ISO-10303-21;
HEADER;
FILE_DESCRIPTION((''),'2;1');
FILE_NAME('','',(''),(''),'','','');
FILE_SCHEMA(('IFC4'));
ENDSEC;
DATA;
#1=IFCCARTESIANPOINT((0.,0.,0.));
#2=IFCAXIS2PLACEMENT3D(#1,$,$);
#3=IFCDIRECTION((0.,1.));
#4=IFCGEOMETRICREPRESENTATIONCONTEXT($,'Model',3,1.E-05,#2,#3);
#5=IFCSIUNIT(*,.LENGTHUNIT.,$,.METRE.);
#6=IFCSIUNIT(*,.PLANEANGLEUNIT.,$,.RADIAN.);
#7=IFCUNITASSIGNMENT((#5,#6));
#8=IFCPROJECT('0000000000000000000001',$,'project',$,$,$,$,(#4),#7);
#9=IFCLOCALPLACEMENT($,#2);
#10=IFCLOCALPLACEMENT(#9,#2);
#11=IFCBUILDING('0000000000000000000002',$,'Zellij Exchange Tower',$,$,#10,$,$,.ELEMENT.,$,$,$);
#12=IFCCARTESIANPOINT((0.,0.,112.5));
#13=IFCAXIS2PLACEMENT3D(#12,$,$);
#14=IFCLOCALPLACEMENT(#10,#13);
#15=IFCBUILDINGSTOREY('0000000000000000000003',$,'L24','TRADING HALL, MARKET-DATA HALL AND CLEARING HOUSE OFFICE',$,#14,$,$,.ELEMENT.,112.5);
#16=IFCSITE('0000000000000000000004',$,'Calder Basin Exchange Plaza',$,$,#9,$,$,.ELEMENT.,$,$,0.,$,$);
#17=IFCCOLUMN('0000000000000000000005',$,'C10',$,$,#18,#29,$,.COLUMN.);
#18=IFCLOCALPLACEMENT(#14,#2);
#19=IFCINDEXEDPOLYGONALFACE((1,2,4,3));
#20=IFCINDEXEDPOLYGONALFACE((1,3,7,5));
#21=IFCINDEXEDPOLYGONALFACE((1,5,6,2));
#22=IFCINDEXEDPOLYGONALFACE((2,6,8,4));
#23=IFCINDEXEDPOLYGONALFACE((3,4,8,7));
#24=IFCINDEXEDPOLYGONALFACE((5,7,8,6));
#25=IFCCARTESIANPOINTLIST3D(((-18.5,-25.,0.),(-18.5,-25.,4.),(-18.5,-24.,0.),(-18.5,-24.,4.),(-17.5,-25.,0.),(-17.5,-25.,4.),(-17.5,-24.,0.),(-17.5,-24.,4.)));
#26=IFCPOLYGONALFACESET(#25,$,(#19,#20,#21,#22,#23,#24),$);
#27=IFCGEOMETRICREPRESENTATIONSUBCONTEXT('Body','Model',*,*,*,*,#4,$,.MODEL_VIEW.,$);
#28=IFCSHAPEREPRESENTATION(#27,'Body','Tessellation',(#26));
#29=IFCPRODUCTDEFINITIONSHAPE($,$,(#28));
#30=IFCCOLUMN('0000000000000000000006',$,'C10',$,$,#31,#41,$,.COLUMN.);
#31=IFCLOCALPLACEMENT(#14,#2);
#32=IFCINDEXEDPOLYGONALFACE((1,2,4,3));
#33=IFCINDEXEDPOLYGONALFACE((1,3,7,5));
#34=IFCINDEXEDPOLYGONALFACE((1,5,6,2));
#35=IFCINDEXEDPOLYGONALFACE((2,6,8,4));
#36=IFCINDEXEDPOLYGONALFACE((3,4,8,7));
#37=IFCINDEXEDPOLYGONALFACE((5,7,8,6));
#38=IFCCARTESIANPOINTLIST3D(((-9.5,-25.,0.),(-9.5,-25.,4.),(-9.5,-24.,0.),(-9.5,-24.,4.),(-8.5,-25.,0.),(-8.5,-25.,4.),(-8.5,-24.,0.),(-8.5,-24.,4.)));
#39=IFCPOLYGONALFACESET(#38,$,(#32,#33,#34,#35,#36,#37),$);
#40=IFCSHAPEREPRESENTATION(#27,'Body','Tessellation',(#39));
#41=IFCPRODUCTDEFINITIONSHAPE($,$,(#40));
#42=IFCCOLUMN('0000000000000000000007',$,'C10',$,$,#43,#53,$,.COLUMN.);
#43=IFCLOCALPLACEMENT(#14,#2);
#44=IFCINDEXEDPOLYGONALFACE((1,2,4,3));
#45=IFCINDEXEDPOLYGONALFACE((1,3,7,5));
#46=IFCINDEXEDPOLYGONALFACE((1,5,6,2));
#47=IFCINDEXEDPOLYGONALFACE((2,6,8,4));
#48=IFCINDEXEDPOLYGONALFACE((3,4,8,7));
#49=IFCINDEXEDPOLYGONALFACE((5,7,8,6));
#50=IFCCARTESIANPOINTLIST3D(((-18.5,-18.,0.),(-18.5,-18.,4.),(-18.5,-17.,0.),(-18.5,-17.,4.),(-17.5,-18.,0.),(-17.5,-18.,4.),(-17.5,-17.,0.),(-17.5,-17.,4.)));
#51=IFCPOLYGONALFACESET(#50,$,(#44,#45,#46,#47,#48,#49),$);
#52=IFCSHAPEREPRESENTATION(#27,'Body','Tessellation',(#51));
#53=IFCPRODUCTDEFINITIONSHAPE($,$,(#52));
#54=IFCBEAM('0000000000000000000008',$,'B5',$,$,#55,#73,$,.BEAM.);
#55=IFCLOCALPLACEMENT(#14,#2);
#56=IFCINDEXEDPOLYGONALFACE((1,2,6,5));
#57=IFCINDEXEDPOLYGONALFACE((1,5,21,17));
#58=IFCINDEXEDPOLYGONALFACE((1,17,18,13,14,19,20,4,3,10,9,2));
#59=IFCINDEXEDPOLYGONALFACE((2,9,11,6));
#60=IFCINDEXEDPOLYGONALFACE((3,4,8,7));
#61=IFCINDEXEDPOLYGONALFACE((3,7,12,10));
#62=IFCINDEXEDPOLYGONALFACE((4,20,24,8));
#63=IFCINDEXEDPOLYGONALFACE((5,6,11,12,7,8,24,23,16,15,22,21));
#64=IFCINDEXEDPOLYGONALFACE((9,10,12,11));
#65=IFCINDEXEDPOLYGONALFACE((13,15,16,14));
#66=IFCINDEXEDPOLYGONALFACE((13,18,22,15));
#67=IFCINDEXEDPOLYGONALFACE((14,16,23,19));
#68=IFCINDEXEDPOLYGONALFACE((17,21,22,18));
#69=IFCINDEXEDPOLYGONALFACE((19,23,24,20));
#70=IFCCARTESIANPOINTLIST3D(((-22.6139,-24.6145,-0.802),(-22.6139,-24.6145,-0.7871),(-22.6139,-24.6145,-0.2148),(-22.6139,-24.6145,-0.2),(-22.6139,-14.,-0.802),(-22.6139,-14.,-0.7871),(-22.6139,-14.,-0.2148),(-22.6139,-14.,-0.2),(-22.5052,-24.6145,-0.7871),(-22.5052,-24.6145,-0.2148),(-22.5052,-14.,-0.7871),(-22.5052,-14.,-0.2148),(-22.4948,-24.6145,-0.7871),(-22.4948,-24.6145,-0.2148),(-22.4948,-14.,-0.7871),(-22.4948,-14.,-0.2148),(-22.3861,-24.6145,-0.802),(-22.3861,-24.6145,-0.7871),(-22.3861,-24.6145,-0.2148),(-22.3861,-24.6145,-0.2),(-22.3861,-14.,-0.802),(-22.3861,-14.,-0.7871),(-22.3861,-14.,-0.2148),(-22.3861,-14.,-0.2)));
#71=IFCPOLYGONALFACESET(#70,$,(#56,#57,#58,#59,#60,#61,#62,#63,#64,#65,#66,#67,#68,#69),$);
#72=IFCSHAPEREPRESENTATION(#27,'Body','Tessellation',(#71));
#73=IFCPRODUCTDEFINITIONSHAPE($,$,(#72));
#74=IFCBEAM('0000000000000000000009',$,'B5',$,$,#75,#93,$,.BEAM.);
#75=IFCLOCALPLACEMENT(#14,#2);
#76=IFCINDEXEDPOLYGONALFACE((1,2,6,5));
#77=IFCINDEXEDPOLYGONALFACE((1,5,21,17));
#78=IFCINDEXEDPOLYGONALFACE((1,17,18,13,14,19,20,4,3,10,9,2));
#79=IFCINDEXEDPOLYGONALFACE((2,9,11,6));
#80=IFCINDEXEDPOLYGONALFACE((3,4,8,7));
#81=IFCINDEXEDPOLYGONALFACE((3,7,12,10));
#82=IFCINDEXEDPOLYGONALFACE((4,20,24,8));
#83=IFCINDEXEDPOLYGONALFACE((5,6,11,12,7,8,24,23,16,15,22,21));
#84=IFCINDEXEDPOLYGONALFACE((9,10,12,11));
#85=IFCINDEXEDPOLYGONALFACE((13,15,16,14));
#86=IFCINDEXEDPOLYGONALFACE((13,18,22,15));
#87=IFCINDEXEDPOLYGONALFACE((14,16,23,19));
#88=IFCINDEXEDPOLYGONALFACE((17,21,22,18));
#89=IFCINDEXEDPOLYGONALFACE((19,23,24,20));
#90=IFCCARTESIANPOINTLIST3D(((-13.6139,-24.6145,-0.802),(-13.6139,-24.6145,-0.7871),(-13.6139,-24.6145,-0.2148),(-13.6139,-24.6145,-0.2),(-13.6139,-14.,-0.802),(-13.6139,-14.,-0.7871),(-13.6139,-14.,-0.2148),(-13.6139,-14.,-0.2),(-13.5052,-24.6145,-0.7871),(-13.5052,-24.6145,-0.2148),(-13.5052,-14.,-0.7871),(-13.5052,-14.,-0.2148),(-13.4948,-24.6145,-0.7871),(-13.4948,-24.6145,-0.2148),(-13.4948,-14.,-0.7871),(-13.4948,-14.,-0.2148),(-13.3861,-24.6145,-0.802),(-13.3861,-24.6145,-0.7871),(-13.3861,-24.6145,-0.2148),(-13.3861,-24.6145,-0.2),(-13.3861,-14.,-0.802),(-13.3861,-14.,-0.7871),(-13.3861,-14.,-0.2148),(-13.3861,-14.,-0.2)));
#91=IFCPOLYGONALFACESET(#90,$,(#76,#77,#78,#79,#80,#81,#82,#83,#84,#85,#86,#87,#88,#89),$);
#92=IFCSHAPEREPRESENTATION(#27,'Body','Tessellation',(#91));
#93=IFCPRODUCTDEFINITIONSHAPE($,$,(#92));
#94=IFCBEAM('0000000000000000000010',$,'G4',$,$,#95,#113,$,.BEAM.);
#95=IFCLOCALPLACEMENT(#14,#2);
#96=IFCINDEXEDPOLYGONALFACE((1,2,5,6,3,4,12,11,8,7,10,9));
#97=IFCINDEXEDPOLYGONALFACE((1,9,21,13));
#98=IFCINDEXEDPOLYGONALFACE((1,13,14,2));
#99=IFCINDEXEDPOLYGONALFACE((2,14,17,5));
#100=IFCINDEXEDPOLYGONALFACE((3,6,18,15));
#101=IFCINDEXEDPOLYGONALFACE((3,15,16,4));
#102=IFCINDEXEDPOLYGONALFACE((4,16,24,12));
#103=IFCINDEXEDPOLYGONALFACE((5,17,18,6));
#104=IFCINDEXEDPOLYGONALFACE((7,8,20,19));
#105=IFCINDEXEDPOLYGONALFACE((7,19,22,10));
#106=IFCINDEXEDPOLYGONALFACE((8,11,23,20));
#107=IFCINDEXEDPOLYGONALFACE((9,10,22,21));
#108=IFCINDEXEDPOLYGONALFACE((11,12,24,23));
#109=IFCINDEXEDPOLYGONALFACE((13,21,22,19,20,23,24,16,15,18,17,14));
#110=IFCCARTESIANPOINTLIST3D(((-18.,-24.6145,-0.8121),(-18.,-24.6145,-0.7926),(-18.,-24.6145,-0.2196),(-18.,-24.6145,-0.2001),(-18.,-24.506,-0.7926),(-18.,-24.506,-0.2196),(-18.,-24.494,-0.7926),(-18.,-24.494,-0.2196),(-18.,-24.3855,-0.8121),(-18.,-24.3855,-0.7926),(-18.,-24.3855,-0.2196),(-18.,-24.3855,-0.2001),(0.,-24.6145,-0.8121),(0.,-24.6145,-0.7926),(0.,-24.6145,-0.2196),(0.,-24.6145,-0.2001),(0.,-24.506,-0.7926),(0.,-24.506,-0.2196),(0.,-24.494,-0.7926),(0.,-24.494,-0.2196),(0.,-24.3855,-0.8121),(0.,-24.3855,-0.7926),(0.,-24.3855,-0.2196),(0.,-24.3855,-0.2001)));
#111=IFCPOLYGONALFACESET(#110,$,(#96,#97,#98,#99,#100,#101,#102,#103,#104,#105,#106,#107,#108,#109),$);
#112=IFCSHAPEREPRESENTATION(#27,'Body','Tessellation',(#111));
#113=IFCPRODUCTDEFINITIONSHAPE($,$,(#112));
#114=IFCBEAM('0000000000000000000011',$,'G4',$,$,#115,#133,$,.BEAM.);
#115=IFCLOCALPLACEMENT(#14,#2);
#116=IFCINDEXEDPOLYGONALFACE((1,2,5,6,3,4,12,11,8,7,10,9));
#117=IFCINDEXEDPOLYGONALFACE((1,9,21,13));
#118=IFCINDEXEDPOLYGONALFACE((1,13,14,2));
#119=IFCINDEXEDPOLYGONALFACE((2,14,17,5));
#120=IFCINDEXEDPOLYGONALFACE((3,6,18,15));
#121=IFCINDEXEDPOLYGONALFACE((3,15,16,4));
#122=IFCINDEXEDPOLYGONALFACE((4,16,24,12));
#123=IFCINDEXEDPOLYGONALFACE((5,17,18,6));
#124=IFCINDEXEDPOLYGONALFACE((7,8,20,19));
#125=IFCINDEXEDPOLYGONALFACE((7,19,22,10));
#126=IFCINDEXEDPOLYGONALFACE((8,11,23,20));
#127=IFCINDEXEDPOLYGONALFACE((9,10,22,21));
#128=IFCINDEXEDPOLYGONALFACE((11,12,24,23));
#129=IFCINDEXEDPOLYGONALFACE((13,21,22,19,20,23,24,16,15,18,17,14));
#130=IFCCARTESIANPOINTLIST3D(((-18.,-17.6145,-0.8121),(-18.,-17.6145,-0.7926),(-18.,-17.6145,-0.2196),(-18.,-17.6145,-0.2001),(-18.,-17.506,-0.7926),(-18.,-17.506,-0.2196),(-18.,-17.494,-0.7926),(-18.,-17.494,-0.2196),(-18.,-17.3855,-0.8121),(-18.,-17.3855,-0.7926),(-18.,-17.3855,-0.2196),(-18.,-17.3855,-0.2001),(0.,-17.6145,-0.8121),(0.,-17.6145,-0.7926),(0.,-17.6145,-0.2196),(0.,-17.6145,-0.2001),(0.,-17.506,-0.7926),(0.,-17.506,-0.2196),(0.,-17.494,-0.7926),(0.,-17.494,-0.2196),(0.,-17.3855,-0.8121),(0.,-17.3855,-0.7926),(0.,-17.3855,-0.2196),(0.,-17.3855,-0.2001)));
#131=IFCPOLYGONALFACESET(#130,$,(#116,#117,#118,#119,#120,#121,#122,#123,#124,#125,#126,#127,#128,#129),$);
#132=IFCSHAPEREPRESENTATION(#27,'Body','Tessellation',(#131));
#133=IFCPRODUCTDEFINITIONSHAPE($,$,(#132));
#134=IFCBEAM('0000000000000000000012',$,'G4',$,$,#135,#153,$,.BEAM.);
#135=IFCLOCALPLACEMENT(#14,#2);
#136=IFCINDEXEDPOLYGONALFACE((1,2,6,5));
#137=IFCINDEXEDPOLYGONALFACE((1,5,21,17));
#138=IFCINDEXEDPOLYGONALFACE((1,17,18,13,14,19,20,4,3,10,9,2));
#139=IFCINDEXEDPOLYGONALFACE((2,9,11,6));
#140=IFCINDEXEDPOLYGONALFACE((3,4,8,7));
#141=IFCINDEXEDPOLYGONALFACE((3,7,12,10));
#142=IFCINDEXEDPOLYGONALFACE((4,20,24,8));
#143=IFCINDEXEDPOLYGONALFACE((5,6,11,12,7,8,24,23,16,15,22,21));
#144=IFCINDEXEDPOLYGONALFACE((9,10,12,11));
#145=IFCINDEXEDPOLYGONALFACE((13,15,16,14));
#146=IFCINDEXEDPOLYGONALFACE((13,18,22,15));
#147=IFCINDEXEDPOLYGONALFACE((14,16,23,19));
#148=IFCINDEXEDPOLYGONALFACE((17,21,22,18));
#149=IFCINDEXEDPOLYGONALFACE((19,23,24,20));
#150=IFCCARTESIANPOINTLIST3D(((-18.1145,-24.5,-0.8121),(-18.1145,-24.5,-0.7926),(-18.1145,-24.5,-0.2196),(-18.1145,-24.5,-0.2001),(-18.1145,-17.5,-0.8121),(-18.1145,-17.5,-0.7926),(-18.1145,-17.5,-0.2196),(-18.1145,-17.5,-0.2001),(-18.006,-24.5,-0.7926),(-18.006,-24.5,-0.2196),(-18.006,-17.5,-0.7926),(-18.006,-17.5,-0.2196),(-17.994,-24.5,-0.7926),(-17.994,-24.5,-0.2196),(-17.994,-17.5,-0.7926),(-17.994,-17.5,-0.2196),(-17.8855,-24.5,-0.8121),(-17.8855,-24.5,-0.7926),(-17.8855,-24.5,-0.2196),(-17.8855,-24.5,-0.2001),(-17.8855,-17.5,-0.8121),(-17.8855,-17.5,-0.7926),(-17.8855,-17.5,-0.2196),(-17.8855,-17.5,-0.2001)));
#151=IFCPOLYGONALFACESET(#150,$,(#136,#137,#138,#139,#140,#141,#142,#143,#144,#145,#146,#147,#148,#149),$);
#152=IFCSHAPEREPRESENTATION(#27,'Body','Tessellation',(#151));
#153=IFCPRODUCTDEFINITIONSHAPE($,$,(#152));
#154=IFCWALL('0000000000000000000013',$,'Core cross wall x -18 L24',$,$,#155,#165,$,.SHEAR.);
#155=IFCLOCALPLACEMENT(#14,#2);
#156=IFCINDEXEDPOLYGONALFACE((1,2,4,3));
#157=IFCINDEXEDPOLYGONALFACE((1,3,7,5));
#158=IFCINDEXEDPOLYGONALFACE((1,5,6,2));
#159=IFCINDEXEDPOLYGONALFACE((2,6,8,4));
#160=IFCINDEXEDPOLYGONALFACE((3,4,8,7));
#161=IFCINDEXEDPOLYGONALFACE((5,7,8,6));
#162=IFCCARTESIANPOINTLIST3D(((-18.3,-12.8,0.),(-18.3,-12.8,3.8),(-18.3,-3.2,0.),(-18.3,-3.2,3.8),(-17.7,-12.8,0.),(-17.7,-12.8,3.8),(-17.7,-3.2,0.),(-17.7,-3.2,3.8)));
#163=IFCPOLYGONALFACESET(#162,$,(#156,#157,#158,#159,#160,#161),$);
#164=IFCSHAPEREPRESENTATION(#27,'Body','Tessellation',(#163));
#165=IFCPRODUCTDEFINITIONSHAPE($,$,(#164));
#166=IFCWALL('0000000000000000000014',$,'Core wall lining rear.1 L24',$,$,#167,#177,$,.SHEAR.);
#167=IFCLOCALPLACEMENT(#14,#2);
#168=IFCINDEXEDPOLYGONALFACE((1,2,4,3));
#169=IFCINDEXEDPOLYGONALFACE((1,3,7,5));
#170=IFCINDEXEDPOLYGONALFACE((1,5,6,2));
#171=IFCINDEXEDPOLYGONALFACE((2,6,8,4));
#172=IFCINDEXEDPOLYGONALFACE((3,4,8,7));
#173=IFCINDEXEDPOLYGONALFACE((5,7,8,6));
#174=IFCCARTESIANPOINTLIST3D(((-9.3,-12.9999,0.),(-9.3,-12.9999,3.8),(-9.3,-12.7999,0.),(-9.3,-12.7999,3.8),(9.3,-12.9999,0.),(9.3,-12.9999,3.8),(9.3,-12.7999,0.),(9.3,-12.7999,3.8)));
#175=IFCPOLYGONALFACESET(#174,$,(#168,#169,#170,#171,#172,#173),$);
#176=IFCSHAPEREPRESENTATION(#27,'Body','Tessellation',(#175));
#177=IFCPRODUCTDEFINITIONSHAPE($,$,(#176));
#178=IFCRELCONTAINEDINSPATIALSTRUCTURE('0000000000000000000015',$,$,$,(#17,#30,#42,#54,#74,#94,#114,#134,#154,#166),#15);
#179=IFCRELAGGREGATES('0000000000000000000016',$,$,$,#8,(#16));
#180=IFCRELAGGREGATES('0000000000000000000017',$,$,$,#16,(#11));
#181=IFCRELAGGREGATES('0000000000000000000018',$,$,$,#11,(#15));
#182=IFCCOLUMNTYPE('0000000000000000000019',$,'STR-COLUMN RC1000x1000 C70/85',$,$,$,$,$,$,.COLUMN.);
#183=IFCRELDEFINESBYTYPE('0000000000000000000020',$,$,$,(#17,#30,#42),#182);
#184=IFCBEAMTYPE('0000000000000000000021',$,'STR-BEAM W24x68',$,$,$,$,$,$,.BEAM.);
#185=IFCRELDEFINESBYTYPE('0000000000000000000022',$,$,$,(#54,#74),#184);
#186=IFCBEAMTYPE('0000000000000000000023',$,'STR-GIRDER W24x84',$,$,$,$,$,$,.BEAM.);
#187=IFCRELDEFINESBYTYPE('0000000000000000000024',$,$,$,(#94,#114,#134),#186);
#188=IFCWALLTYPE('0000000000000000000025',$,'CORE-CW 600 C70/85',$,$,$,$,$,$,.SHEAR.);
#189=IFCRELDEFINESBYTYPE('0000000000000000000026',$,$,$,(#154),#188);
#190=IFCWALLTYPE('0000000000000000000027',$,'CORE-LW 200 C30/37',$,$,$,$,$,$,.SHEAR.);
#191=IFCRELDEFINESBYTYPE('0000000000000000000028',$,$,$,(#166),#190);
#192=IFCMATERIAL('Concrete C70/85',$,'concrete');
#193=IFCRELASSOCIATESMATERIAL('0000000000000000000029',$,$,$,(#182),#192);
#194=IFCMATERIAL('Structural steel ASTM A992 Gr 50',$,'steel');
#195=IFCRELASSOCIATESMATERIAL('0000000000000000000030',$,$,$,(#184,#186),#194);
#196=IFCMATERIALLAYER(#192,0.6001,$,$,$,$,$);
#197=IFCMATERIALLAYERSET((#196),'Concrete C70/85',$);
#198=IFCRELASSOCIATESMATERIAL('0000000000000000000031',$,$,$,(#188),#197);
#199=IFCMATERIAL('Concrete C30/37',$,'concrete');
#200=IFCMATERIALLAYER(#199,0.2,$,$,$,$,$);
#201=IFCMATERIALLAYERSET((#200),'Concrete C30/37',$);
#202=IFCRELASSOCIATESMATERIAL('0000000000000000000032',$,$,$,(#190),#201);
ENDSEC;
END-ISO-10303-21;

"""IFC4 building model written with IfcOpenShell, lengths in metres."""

from ifc_helpers import new_model, si_unit, direction, frame, frame_2d, origin, origin_2d, place, context, subcontext, project, spatial, rectangle, i_section, extrude, material, layer, layer_set, material_profile, profile_set, type_object, element, save


model = new_model("IFC4")

# Units and contexts
model_context = context("Model", 3, precision=1e-05, world=origin(), true_north=direction((0.0, 1.0)))
body_context = subcontext(model_context, "Body", "Model", "MODEL_VIEW")
ifc_project = project(units=[si_unit("LENGTHUNIT", "METRE"), si_unit("PLANEANGLEUNIT", "RADIAN")], contexts=[model_context])

# Site, building, storey
site_placement = place(None, origin())
site = spatial("IfcSite", under=ifc_project, at=site_placement, Name="Calder Basin Exchange Plaza", CompositionType="ELEMENT", RefElevation=0.0)
building_placement = place(site_placement, origin())
building = spatial("IfcBuilding", under=site, at=building_placement, Name="Zellij Exchange Tower", CompositionType="ELEMENT")
storey_placement = place(building_placement, frame((0.0, 0.0, 112.5)))
storey = spatial("IfcBuildingStorey", under=building, at=storey_placement, Name="L24", Description="TRADING HALL, MARKET-DATA HALL AND CLEARING HOUSE OFFICE", CompositionType="ELEMENT", Elevation=112.5)

# Columns
ifc_material_1 = material(Name="Concrete C70/85", Category="concrete")
ifc_material_profile_1 = material_profile(ifc_material_1, rectangle(XDim=1.0, YDim=1.0, at=origin_2d()), Name="STR-COLUMN RC1000x1000 C70/85")
ifc_profile_set_1 = profile_set([ifc_material_profile_1], Name="Concrete C70/85")
column_type = type_object("IfcColumnType", Name="STR-COLUMN RC1000x1000 C70/85", PredefinedType="COLUMN", material=ifc_profile_set_1)
for number, where, z_axis, x_axis, name in (
    (1, (-18.0, -24.5, 0.0), (0.0, 0.0, 1.0), (1.0, 0.0, 0.0), "C10"),
    (2, (-9.0, -24.5, 0.0), (0.0, 0.0, 1.0), (1.0, 0.0, 0.0), "C10"),
    (3, (-18.0, -17.5, 0.0), (0.0, 0.0, 1.0), (1.0, 0.0, 0.0), "C10"),
):
    element("IfcColumn", number, at=place(storey_placement, frame(where, z_axis=z_axis, x_axis=x_axis)), inside=storey, type_object=column_type, Name=name, PredefinedType="COLUMN", context=body_context, shape_type="SweptSolid", body=[
        extrude(rectangle(XDim=1.0, YDim=1.0, at=origin_2d()), origin(), (0.0, 0.0, 1.0), 4.0),
    ])

# Beams
ifc_material_2 = material(Name="Structural steel ASTM A992 Gr 50", Category="steel")
ifc_material_profile_2 = material_profile(ifc_material_2, i_section(OverallWidth=0.2278, OverallDepth=0.6021, WebThickness=0.0105, FlangeThickness=0.0149, at=origin_2d()), Name="W24x68")
ifc_profile_set_2 = profile_set([ifc_material_profile_2], Name="Structural steel ASTM A992 Gr 50")
beam_type_1 = type_object("IfcBeamType", Name="STR-BEAM W24x68", PredefinedType="BEAM", material=ifc_profile_set_2)
for number, where, z_axis, x_axis, name in (
    (4, (-22.5, -24.6145, -0.501), (0.0, 1.0, 0.0), (-1.0, 0.0, 0.0), "B5"),
    (5, (-13.5, -24.6145, -0.501), (0.0, 1.0, 0.0), (-1.0, 0.0, 0.0), "B5"),
):
    element("IfcBeam", number, at=place(storey_placement, frame(where, z_axis=z_axis, x_axis=x_axis)), inside=storey, type_object=beam_type_1, Name=name, PredefinedType="BEAM", context=body_context, shape_type="SweptSolid", body=[
        extrude(i_section(OverallWidth=0.2278, OverallDepth=0.6021, WebThickness=0.0105, FlangeThickness=0.0149, at=origin_2d()), origin(), (0.0, 0.0, 1.0), 10.6145),
    ])
ifc_material_profile_3 = material_profile(ifc_material_2, i_section(OverallWidth=0.229, OverallDepth=0.6121, WebThickness=0.012, FlangeThickness=0.0195, at=origin_2d()), Name="W24x84")
ifc_profile_set_3 = profile_set([ifc_material_profile_3], Name="Structural steel ASTM A992 Gr 50")
beam_type_2 = type_object("IfcBeamType", Name="STR-GIRDER W24x84", PredefinedType="BEAM", material=ifc_profile_set_3)
for number, where, z_axis, x_axis, name in (
    (6, (-18.0, -24.5, -0.5061), (1.0, 0.0, 0.0), (0.0, 1.0, 0.0), "G4"),
    (7, (-18.0, -17.5, -0.5061), (1.0, 0.0, 0.0), (0.0, 1.0, 0.0), "G4"),
):
    element("IfcBeam", number, at=place(storey_placement, frame(where, z_axis=z_axis, x_axis=x_axis)), inside=storey, type_object=beam_type_2, Name=name, PredefinedType="BEAM", context=body_context, shape_type="SweptSolid", body=[
        extrude(i_section(OverallWidth=0.229, OverallDepth=0.6121, WebThickness=0.012, FlangeThickness=0.0195, at=origin_2d()), origin(), (0.0, 0.0, 1.0), 18.0),
    ])
beam_placement = place(storey_placement, frame((-18.0, -24.5, -0.5061), z_axis=(0.0, 1.0, 0.0), x_axis=(-1.0, 0.0, 0.0)))
element("IfcBeam", 8, at=beam_placement, inside=storey, type_object=beam_type_2, Name="G4", PredefinedType="BEAM", context=body_context, shape_type="SweptSolid", body=[
    extrude(i_section(OverallWidth=0.229, OverallDepth=0.6121, WebThickness=0.012, FlangeThickness=0.0195, at=origin_2d()), origin(), (0.0, 0.0, 1.0), 7.0),
])

# Walls
ifc_layer_1 = layer(ifc_material_1, 0.6001)
ifc_layer_set_1 = layer_set([ifc_layer_1], Name="Concrete C70/85")
wall_type_1 = type_object("IfcWallType", Name="CORE-CW 600 C70/85", PredefinedType="SHEAR", material=ifc_layer_set_1)
wall_1_placement = place(storey_placement, frame((-18.0, -12.8, 0.0), z_axis=(0.0, 0.0, 1.0), x_axis=(0.0, 1.0, 0.0)))
element("IfcWall", 9, at=wall_1_placement, inside=storey, type_object=wall_type_1, Name="Core cross wall x -18 L24", PredefinedType="SHEAR", context=body_context, shape_type="SweptSolid", body=[
    extrude(rectangle(XDim=9.6001, YDim=0.6001, at=frame_2d((4.8, 0.0))), origin(), (0.0, 0.0, 1.0), 3.8),
])
ifc_material_3 = material(Name="Concrete C30/37", Category="concrete")
ifc_layer_2 = layer(ifc_material_3, 0.2)
ifc_layer_set_2 = layer_set([ifc_layer_2], Name="Concrete C30/37")
wall_type_2 = type_object("IfcWallType", Name="CORE-LW 200 C30/37", PredefinedType="SHEAR", material=ifc_layer_set_2)
wall_2_placement = place(storey_placement, frame((-9.3, -12.8999, 0.0), z_axis=(0.0, 0.0, 1.0), x_axis=(1.0, 0.0, 0.0)))
element("IfcWall", 10, at=wall_2_placement, inside=storey, type_object=wall_type_2, Name="Core wall lining rear.1 L24", PredefinedType="SHEAR", context=body_context, shape_type="SweptSolid", body=[
    extrude(rectangle(XDim=18.6001, YDim=0.2, at=frame_2d((9.3, 0.0))), origin(), (0.0, 0.0, 1.0), 3.8),
])

save(model, "model.ifc")
